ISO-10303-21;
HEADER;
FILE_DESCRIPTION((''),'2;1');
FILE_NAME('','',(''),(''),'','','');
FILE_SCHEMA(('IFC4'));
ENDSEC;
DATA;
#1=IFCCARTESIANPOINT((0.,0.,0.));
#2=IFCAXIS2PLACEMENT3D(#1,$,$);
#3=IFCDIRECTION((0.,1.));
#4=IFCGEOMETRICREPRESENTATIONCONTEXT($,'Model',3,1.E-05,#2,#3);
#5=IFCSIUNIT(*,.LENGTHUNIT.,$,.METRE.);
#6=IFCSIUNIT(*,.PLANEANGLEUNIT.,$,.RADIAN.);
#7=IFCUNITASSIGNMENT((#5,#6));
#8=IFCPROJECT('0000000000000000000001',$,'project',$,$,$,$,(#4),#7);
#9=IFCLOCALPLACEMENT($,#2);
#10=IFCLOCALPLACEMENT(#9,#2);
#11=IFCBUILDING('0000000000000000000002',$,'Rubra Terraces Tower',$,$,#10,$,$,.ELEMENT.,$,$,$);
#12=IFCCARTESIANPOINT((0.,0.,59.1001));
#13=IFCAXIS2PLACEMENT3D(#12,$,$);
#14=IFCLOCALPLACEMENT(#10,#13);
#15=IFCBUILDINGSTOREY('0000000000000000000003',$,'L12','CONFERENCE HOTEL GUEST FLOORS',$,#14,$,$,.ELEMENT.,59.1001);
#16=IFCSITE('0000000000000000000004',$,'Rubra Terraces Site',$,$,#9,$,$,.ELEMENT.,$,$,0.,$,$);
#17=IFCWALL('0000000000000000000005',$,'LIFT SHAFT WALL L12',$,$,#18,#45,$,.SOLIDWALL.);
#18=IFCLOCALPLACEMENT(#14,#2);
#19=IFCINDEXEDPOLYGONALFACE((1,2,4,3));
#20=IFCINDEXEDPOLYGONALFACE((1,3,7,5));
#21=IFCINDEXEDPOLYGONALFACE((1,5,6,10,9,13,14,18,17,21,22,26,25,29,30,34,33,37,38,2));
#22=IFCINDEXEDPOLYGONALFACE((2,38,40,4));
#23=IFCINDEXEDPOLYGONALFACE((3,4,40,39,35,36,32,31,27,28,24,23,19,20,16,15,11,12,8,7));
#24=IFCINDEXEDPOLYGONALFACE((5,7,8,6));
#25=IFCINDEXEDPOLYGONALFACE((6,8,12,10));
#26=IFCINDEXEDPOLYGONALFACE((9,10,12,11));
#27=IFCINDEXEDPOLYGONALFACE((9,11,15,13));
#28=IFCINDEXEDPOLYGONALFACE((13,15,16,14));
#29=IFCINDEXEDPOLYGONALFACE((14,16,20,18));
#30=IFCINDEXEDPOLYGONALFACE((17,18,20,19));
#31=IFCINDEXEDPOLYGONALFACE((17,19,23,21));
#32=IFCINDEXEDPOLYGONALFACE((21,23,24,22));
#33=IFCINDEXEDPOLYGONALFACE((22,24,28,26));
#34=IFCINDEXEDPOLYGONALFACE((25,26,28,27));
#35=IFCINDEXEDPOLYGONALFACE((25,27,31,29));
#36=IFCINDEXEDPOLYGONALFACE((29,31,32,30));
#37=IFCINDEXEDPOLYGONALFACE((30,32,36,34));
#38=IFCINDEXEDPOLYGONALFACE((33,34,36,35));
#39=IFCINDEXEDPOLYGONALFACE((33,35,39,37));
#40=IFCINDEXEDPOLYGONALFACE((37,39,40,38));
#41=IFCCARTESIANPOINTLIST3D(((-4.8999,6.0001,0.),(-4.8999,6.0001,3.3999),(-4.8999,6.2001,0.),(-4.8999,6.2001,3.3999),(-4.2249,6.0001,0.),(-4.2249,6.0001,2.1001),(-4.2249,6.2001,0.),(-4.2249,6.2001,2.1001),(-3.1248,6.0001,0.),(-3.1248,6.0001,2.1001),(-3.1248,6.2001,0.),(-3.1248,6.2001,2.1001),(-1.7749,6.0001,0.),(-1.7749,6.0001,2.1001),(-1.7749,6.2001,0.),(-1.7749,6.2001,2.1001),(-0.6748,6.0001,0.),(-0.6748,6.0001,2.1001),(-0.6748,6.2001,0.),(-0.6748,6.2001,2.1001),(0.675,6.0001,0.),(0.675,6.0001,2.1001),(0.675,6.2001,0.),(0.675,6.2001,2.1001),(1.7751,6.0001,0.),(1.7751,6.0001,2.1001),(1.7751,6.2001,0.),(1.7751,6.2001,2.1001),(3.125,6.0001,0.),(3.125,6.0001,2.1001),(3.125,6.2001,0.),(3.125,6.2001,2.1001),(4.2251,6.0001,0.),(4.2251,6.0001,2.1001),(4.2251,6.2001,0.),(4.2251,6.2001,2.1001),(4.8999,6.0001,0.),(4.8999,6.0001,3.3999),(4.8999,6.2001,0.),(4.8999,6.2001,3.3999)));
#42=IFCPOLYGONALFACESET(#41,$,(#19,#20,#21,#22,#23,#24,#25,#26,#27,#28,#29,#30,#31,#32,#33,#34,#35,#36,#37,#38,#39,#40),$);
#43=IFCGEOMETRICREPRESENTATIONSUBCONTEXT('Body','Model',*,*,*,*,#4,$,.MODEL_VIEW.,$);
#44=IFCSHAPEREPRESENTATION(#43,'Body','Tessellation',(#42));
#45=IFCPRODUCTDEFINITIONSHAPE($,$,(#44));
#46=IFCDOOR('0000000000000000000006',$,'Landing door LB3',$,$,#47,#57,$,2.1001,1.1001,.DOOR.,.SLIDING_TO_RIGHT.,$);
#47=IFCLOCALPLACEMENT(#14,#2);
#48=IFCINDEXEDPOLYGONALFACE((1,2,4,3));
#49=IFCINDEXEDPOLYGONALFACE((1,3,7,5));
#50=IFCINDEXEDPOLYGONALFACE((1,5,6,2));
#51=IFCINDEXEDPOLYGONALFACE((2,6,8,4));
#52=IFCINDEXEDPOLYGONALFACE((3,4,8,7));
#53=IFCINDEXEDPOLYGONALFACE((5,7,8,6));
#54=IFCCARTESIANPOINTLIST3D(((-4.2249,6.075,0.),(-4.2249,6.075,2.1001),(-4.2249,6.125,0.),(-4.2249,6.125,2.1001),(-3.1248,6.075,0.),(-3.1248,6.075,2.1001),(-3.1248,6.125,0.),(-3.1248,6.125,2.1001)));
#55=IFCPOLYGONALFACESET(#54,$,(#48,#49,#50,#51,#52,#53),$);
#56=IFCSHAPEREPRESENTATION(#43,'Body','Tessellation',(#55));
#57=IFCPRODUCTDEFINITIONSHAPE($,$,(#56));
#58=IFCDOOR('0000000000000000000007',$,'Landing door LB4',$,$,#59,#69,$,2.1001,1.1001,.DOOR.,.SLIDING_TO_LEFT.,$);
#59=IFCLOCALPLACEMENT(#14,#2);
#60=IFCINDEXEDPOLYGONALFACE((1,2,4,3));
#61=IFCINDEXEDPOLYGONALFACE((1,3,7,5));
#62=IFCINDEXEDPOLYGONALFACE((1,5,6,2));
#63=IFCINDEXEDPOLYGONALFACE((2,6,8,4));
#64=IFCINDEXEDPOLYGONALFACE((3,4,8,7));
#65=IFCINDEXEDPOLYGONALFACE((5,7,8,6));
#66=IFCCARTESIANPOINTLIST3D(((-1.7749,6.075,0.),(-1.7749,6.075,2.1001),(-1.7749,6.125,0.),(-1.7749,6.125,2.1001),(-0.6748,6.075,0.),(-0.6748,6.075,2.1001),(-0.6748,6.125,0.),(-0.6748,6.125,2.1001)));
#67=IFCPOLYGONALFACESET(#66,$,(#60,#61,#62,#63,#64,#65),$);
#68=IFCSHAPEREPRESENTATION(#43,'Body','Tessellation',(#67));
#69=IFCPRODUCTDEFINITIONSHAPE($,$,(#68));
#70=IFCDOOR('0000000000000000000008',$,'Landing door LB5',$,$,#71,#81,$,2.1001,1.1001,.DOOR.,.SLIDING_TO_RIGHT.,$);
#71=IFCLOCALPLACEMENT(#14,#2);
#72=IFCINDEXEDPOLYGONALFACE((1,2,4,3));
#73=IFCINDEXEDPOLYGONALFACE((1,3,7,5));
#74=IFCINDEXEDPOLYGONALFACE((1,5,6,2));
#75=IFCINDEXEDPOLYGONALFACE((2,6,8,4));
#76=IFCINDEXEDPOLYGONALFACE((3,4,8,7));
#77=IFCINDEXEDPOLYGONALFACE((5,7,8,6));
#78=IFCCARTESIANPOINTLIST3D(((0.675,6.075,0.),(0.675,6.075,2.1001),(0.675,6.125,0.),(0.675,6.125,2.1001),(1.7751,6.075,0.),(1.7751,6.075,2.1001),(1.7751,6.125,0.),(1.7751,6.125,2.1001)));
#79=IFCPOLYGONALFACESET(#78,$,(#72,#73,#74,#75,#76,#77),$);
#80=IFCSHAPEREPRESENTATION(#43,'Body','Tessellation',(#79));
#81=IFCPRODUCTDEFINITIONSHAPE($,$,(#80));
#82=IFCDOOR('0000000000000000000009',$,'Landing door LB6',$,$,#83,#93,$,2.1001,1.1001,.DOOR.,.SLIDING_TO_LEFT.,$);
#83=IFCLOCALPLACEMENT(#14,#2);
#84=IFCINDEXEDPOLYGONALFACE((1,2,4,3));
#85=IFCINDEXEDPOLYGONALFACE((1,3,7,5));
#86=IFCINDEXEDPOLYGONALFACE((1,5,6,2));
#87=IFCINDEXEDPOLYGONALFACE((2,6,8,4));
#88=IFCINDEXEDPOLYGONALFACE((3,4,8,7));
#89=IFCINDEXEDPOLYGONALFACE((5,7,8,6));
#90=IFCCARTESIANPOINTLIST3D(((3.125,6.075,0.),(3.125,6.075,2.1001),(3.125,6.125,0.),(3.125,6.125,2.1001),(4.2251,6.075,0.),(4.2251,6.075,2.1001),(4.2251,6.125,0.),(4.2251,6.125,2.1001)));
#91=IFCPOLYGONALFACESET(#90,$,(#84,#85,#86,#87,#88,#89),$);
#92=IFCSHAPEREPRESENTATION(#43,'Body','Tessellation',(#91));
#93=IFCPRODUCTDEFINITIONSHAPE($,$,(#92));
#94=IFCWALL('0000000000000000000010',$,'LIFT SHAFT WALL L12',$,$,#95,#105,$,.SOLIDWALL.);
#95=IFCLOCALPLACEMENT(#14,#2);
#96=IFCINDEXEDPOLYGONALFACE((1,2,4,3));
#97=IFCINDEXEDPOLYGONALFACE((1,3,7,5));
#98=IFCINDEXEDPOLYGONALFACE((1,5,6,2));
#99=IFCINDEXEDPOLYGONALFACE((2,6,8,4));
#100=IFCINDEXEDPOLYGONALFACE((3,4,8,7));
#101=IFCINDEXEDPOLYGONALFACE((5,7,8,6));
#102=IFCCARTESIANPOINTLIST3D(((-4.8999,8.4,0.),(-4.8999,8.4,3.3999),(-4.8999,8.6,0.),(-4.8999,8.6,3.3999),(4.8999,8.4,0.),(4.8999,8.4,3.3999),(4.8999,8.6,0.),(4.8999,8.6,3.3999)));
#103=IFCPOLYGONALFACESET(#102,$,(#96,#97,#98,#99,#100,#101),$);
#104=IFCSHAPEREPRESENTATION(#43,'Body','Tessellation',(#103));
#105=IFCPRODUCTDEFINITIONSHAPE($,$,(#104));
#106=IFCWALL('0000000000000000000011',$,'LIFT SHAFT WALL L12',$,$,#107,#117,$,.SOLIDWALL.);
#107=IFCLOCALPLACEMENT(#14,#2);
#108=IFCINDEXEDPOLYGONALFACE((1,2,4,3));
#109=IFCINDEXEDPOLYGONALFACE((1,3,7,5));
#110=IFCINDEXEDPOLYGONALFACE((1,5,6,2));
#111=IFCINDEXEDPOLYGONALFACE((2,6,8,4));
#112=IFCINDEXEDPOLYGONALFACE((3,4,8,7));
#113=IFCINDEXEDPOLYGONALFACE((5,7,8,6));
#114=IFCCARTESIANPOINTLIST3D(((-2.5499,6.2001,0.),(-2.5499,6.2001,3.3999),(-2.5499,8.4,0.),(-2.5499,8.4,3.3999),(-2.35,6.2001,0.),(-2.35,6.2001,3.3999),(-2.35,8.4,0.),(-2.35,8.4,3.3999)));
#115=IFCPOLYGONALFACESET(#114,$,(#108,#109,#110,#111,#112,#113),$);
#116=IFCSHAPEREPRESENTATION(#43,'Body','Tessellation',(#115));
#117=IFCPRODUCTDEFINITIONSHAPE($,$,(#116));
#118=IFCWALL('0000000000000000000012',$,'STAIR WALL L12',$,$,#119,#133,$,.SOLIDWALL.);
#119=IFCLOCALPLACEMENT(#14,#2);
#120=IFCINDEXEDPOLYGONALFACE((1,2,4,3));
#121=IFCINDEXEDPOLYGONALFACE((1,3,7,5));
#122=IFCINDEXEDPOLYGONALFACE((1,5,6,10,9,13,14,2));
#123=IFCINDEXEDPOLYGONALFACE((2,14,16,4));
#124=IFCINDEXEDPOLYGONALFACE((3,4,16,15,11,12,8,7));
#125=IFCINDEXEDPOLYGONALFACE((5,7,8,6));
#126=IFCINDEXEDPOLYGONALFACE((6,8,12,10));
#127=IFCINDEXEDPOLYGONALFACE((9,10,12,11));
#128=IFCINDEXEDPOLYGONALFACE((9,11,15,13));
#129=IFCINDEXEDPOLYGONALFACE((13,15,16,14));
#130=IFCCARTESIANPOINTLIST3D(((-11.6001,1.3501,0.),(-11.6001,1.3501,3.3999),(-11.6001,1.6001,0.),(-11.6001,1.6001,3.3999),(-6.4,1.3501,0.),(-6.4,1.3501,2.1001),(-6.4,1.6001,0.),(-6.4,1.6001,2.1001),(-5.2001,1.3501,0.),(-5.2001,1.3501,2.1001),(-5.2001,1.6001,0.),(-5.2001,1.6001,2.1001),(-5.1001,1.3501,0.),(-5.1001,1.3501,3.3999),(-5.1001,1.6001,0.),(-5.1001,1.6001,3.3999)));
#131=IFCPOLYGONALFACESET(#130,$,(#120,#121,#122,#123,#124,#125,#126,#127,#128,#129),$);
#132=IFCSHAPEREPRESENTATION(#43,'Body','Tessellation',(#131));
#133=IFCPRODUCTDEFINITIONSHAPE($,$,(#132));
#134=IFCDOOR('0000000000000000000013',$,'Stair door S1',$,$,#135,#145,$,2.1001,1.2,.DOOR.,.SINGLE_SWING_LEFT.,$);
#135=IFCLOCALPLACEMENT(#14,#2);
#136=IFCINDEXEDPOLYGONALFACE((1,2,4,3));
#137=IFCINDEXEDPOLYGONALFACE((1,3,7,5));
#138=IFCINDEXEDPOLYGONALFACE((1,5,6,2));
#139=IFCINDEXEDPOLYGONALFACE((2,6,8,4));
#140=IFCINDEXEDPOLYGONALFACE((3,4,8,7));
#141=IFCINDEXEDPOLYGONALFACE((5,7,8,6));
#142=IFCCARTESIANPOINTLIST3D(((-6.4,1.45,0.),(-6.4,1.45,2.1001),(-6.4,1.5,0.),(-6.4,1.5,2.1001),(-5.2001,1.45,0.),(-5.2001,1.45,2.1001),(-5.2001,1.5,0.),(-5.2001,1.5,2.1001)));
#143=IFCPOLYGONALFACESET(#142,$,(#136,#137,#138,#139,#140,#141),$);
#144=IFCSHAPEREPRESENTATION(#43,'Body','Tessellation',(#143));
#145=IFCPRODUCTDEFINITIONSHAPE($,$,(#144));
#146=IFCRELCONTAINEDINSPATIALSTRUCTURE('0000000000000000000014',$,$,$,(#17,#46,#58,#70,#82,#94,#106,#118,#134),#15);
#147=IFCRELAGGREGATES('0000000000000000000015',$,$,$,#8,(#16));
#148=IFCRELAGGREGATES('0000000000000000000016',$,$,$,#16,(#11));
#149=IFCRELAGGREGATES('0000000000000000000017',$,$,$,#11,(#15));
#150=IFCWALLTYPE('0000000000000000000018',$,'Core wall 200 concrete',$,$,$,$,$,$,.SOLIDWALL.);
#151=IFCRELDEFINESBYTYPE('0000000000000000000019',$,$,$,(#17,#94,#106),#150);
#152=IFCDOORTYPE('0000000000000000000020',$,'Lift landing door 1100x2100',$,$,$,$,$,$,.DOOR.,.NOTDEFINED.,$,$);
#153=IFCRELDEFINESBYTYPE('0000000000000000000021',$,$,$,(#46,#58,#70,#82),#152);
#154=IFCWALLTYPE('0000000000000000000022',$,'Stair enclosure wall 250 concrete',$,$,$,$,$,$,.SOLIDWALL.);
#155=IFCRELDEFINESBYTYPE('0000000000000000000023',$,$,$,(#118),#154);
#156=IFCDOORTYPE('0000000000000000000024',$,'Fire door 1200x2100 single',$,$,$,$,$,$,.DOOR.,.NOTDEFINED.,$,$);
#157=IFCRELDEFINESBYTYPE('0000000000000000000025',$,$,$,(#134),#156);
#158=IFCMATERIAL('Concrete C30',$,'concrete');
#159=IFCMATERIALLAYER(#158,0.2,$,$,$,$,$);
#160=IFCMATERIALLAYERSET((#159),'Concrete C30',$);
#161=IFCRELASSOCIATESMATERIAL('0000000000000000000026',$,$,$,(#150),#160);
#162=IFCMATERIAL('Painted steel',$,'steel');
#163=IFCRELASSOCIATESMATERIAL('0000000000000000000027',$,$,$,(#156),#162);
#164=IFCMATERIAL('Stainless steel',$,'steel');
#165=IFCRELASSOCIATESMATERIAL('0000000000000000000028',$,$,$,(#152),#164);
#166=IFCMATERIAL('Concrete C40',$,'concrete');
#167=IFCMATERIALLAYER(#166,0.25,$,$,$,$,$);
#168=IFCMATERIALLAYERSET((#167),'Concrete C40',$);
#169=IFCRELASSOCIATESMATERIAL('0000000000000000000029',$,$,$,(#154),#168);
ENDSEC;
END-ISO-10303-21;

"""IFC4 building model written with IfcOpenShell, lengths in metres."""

from ifc_helpers import new_model, si_unit, direction, frame, frame_2d, origin, place, context, subcontext, project, spatial, rectangle, extrude, material, layer, layer_set, type_object, element, fill, save


model = new_model("IFC4")

# Units and contexts
model_context = context("Model", 3, precision=1e-05, world=origin(), true_north=direction((0.0, 1.0)))
body_context = subcontext(model_context, "Body", "Model", "MODEL_VIEW")
ifc_project = project(units=[si_unit("LENGTHUNIT", "METRE"), si_unit("PLANEANGLEUNIT", "RADIAN")], contexts=[model_context])

# Site, building, storey
site_placement = place(None, origin())
site = spatial("IfcSite", under=ifc_project, at=site_placement, Name="Rubra Terraces Site", CompositionType="ELEMENT", RefElevation=0.0)
building_placement = place(site_placement, origin())
building = spatial("IfcBuilding", under=site, at=building_placement, Name="Rubra Terraces Tower", CompositionType="ELEMENT")
storey_placement = place(building_placement, frame((0.0, 0.0, 59.1001)))
storey = spatial("IfcBuildingStorey", under=building, at=storey_placement, Name="L12", Description="CONFERENCE HOTEL GUEST FLOORS", CompositionType="ELEMENT", Elevation=59.1001)

# Shared definitions
ifc_material_1 = material(Name="Concrete C30", Category="concrete")
ifc_layer_1 = layer(ifc_material_1, 0.2)
ifc_layer_set_1 = layer_set([ifc_layer_1], Name="Concrete C30")
wall_type_1 = type_object("IfcWallType", Name="Core wall 200 concrete", PredefinedType="SOLIDWALL", material=ifc_layer_set_1)
ifc_material_2 = material(Name="Painted steel", Category="steel")
door_type_1 = type_object("IfcDoorType", Name="Fire door 1200x2100 single", OperationType="NOTDEFINED", PredefinedType="DOOR", material=ifc_material_2)
ifc_material_3 = material(Name="Stainless steel", Category="steel")

# Wall, openings, doors
door_type_2 = type_object("IfcDoorType", Name="Lift landing door 1100x2100", OperationType="NOTDEFINED", PredefinedType="DOOR", material=ifc_material_3)
wall_1_placement = place(storey_placement, frame((-4.8999, 6.1001, 0.0), z_axis=(0.0, 0.0, 1.0), x_axis=(1.0, 0.0, 0.0)))
wall_1 = element("IfcWall", 1, at=wall_1_placement, inside=storey, type_object=wall_type_1, Name="LIFT SHAFT WALL L12", PredefinedType="SOLIDWALL", context=body_context, shape_type="SweptSolid", body=[
    extrude(rectangle(XDim=9.7998, YDim=0.2, at=frame_2d((4.8999, 0.0))), origin(), (0.0, 0.0, 1.0), 3.3999),
])
opening_1_placement = place(wall_1_placement, frame((0.675, 0.0, 0.0)))
opening_1 = element("IfcOpeningElement", 2, at=opening_1_placement, cuts=wall_1, PredefinedType="OPENING", context=body_context, shape_type="SweptSolid", body=[
    extrude(rectangle(XDim=1.1001, YDim=2.1001, at=frame_2d((0.55, 1.05))), frame((0.0, 0.1099, 0.0), z_axis=(0.0, -1.0, 0.0), x_axis=(1.0, 0.0, 0.0)), (0.0, 0.0, 1.0), 0.22),
])
opening_2_placement = place(wall_1_placement, frame((3.125, 0.0, 0.0)))
opening_2 = element("IfcOpeningElement", 3, at=opening_2_placement, cuts=wall_1, PredefinedType="OPENING", context=body_context, shape_type="SweptSolid", body=[
    extrude(rectangle(XDim=1.1001, YDim=2.1001, at=frame_2d((0.55, 1.05))), frame((0.0, 0.1099, 0.0), z_axis=(0.0, -1.0, 0.0), x_axis=(1.0, 0.0, 0.0)), (0.0, 0.0, 1.0), 0.22),
])
opening_3_placement = place(wall_1_placement, frame((5.575, 0.0, 0.0)))
opening_3 = element("IfcOpeningElement", 4, at=opening_3_placement, cuts=wall_1, PredefinedType="OPENING", context=body_context, shape_type="SweptSolid", body=[
    extrude(rectangle(XDim=1.1001, YDim=2.1001, at=frame_2d((0.55, 1.05))), frame((0.0, 0.1099, 0.0), z_axis=(0.0, -1.0, 0.0), x_axis=(1.0, 0.0, 0.0)), (0.0, 0.0, 1.0), 0.22),
])
opening_4_placement = place(wall_1_placement, frame((8.0249, 0.0, 0.0)))
opening_4 = element("IfcOpeningElement", 5, at=opening_4_placement, cuts=wall_1, PredefinedType="OPENING", context=body_context, shape_type="SweptSolid", body=[
    extrude(rectangle(XDim=1.1001, YDim=2.1001, at=frame_2d((0.55, 1.05))), frame((0.0, 0.1099, 0.0), z_axis=(0.0, -1.0, 0.0), x_axis=(1.0, 0.0, 0.0)), (0.0, 0.0, 1.0), 0.22),
])
door_1_placement = place(opening_1_placement, origin())
door_1 = element("IfcDoor", 6, at=door_1_placement, inside=storey, type_object=door_type_2, Name="Landing door LB3", OperationType="SLIDING_TO_RIGHT", OverallHeight=2.1001, OverallWidth=1.1001, PredefinedType="DOOR", context=body_context, shape_type="SweptSolid", body=[
    extrude(rectangle(XDim=1.1001, YDim=2.1001, at=frame_2d((0.55, 1.05))), frame((0.0, 0.0249, 0.0), z_axis=(0.0, -1.0, 0.0), x_axis=(1.0, 0.0, 0.0)), (0.0, 0.0, 1.0), 0.05),
])
fill(opening_1, door_1)
door_2_placement = place(opening_2_placement, origin())
door_2 = element("IfcDoor", 7, at=door_2_placement, inside=storey, type_object=door_type_2, Name="Landing door LB4", OperationType="SLIDING_TO_LEFT", OverallHeight=2.1001, OverallWidth=1.1001, PredefinedType="DOOR", context=body_context, shape_type="SweptSolid", body=[
    extrude(rectangle(XDim=1.1001, YDim=2.1001, at=frame_2d((0.55, 1.05))), frame((0.0, 0.0249, 0.0), z_axis=(0.0, -1.0, 0.0), x_axis=(1.0, 0.0, 0.0)), (0.0, 0.0, 1.0), 0.05),
])
fill(opening_2, door_2)
door_3_placement = place(opening_3_placement, origin())
door_3 = element("IfcDoor", 8, at=door_3_placement, inside=storey, type_object=door_type_2, Name="Landing door LB5", OperationType="SLIDING_TO_RIGHT", OverallHeight=2.1001, OverallWidth=1.1001, PredefinedType="DOOR", context=body_context, shape_type="SweptSolid", body=[
    extrude(rectangle(XDim=1.1001, YDim=2.1001, at=frame_2d((0.55, 1.05))), frame((0.0, 0.0249, 0.0), z_axis=(0.0, -1.0, 0.0), x_axis=(1.0, 0.0, 0.0)), (0.0, 0.0, 1.0), 0.05),
])
fill(opening_3, door_3)
door_4_placement = place(opening_4_placement, origin())
door_4 = element("IfcDoor", 9, at=door_4_placement, inside=storey, type_object=door_type_2, Name="Landing door LB6", OperationType="SLIDING_TO_LEFT", OverallHeight=2.1001, OverallWidth=1.1001, PredefinedType="DOOR", context=body_context, shape_type="SweptSolid", body=[
    extrude(rectangle(XDim=1.1001, YDim=2.1001, at=frame_2d((0.55, 1.05))), frame((0.0, 0.0249, 0.0), z_axis=(0.0, -1.0, 0.0), x_axis=(1.0, 0.0, 0.0)), (0.0, 0.0, 1.0), 0.05),
])
fill(opening_4, door_4)

# Walls
wall_2_placement = place(storey_placement, frame((-4.8999, 8.5, 0.0), z_axis=(0.0, 0.0, 1.0), x_axis=(1.0, 0.0, 0.0)))
element("IfcWall", 10, at=wall_2_placement, inside=storey, type_object=wall_type_1, Name="LIFT SHAFT WALL L12", PredefinedType="SOLIDWALL", context=body_context, shape_type="SweptSolid", body=[
    extrude(rectangle(XDim=9.7998, YDim=0.2, at=frame_2d((4.8999, 0.0))), origin(), (0.0, 0.0, 1.0), 3.3999),
])
wall_3_placement = place(storey_placement, frame((-2.45, 6.2, 0.0), z_axis=(0.0, 0.0, 1.0), x_axis=(0.0, 1.0, 0.0)))
element("IfcWall", 11, at=wall_3_placement, inside=storey, type_object=wall_type_1, Name="LIFT SHAFT WALL L12", PredefinedType="SOLIDWALL", context=body_context, shape_type="SweptSolid", body=[
    extrude(rectangle(XDim=2.2, YDim=0.2, at=frame_2d((1.1001, 0.0))), origin(), (0.0, 0.0, 1.0), 3.3999),
])

# Wall, opening, door
ifc_material_4 = material(Name="Concrete C40", Category="concrete")
ifc_layer_2 = layer(ifc_material_4, 0.25)
ifc_layer_set_2 = layer_set([ifc_layer_2], Name="Concrete C40")
wall_type_2 = type_object("IfcWallType", Name="Stair enclosure wall 250 concrete", PredefinedType="SOLIDWALL", material=ifc_layer_set_2)
wall_4_placement = place(storey_placement, frame((-11.6001, 1.4751, 0.0), z_axis=(0.0, 0.0, 1.0), x_axis=(1.0, 0.0, 0.0)))
wall_4 = element("IfcWall", 12, at=wall_4_placement, inside=storey, type_object=wall_type_2, Name="STAIR WALL L12", PredefinedType="SOLIDWALL", context=body_context, shape_type="SweptSolid", body=[
    extrude(rectangle(XDim=6.5, YDim=0.25, at=frame_2d((3.25, 0.0))), origin(), (0.0, 0.0, 1.0), 3.3999),
])
opening_5_placement = place(wall_4_placement, frame((5.2, 0.0, 0.0)))
opening_5 = element("IfcOpeningElement", 13, at=opening_5_placement, cuts=wall_4, PredefinedType="OPENING", context=body_context, shape_type="SweptSolid", body=[
    extrude(rectangle(XDim=1.2, YDim=2.1001, at=frame_2d((0.6001, 1.05))), frame((0.0, 0.135, 0.0), z_axis=(0.0, -1.0, 0.0), x_axis=(1.0, 0.0, 0.0)), (0.0, 0.0, 1.0), 0.27),
])
door_5_placement = place(opening_5_placement, origin())
door_5 = element("IfcDoor", 14, at=door_5_placement, inside=storey, type_object=door_type_1, Name="Stair door S1", OperationType="SINGLE_SWING_LEFT", OverallHeight=2.1001, OverallWidth=1.2, PredefinedType="DOOR", context=body_context, shape_type="SweptSolid", body=[
    extrude(rectangle(XDim=1.2, YDim=2.1001, at=frame_2d((0.6001, 1.05))), frame((0.0, 0.0249, 0.0), z_axis=(0.0, -1.0, 0.0), x_axis=(1.0, 0.0, 0.0)), (0.0, 0.0, 1.0), 0.05),
])
fill(opening_5, door_5)

save(model, "model.ifc")
